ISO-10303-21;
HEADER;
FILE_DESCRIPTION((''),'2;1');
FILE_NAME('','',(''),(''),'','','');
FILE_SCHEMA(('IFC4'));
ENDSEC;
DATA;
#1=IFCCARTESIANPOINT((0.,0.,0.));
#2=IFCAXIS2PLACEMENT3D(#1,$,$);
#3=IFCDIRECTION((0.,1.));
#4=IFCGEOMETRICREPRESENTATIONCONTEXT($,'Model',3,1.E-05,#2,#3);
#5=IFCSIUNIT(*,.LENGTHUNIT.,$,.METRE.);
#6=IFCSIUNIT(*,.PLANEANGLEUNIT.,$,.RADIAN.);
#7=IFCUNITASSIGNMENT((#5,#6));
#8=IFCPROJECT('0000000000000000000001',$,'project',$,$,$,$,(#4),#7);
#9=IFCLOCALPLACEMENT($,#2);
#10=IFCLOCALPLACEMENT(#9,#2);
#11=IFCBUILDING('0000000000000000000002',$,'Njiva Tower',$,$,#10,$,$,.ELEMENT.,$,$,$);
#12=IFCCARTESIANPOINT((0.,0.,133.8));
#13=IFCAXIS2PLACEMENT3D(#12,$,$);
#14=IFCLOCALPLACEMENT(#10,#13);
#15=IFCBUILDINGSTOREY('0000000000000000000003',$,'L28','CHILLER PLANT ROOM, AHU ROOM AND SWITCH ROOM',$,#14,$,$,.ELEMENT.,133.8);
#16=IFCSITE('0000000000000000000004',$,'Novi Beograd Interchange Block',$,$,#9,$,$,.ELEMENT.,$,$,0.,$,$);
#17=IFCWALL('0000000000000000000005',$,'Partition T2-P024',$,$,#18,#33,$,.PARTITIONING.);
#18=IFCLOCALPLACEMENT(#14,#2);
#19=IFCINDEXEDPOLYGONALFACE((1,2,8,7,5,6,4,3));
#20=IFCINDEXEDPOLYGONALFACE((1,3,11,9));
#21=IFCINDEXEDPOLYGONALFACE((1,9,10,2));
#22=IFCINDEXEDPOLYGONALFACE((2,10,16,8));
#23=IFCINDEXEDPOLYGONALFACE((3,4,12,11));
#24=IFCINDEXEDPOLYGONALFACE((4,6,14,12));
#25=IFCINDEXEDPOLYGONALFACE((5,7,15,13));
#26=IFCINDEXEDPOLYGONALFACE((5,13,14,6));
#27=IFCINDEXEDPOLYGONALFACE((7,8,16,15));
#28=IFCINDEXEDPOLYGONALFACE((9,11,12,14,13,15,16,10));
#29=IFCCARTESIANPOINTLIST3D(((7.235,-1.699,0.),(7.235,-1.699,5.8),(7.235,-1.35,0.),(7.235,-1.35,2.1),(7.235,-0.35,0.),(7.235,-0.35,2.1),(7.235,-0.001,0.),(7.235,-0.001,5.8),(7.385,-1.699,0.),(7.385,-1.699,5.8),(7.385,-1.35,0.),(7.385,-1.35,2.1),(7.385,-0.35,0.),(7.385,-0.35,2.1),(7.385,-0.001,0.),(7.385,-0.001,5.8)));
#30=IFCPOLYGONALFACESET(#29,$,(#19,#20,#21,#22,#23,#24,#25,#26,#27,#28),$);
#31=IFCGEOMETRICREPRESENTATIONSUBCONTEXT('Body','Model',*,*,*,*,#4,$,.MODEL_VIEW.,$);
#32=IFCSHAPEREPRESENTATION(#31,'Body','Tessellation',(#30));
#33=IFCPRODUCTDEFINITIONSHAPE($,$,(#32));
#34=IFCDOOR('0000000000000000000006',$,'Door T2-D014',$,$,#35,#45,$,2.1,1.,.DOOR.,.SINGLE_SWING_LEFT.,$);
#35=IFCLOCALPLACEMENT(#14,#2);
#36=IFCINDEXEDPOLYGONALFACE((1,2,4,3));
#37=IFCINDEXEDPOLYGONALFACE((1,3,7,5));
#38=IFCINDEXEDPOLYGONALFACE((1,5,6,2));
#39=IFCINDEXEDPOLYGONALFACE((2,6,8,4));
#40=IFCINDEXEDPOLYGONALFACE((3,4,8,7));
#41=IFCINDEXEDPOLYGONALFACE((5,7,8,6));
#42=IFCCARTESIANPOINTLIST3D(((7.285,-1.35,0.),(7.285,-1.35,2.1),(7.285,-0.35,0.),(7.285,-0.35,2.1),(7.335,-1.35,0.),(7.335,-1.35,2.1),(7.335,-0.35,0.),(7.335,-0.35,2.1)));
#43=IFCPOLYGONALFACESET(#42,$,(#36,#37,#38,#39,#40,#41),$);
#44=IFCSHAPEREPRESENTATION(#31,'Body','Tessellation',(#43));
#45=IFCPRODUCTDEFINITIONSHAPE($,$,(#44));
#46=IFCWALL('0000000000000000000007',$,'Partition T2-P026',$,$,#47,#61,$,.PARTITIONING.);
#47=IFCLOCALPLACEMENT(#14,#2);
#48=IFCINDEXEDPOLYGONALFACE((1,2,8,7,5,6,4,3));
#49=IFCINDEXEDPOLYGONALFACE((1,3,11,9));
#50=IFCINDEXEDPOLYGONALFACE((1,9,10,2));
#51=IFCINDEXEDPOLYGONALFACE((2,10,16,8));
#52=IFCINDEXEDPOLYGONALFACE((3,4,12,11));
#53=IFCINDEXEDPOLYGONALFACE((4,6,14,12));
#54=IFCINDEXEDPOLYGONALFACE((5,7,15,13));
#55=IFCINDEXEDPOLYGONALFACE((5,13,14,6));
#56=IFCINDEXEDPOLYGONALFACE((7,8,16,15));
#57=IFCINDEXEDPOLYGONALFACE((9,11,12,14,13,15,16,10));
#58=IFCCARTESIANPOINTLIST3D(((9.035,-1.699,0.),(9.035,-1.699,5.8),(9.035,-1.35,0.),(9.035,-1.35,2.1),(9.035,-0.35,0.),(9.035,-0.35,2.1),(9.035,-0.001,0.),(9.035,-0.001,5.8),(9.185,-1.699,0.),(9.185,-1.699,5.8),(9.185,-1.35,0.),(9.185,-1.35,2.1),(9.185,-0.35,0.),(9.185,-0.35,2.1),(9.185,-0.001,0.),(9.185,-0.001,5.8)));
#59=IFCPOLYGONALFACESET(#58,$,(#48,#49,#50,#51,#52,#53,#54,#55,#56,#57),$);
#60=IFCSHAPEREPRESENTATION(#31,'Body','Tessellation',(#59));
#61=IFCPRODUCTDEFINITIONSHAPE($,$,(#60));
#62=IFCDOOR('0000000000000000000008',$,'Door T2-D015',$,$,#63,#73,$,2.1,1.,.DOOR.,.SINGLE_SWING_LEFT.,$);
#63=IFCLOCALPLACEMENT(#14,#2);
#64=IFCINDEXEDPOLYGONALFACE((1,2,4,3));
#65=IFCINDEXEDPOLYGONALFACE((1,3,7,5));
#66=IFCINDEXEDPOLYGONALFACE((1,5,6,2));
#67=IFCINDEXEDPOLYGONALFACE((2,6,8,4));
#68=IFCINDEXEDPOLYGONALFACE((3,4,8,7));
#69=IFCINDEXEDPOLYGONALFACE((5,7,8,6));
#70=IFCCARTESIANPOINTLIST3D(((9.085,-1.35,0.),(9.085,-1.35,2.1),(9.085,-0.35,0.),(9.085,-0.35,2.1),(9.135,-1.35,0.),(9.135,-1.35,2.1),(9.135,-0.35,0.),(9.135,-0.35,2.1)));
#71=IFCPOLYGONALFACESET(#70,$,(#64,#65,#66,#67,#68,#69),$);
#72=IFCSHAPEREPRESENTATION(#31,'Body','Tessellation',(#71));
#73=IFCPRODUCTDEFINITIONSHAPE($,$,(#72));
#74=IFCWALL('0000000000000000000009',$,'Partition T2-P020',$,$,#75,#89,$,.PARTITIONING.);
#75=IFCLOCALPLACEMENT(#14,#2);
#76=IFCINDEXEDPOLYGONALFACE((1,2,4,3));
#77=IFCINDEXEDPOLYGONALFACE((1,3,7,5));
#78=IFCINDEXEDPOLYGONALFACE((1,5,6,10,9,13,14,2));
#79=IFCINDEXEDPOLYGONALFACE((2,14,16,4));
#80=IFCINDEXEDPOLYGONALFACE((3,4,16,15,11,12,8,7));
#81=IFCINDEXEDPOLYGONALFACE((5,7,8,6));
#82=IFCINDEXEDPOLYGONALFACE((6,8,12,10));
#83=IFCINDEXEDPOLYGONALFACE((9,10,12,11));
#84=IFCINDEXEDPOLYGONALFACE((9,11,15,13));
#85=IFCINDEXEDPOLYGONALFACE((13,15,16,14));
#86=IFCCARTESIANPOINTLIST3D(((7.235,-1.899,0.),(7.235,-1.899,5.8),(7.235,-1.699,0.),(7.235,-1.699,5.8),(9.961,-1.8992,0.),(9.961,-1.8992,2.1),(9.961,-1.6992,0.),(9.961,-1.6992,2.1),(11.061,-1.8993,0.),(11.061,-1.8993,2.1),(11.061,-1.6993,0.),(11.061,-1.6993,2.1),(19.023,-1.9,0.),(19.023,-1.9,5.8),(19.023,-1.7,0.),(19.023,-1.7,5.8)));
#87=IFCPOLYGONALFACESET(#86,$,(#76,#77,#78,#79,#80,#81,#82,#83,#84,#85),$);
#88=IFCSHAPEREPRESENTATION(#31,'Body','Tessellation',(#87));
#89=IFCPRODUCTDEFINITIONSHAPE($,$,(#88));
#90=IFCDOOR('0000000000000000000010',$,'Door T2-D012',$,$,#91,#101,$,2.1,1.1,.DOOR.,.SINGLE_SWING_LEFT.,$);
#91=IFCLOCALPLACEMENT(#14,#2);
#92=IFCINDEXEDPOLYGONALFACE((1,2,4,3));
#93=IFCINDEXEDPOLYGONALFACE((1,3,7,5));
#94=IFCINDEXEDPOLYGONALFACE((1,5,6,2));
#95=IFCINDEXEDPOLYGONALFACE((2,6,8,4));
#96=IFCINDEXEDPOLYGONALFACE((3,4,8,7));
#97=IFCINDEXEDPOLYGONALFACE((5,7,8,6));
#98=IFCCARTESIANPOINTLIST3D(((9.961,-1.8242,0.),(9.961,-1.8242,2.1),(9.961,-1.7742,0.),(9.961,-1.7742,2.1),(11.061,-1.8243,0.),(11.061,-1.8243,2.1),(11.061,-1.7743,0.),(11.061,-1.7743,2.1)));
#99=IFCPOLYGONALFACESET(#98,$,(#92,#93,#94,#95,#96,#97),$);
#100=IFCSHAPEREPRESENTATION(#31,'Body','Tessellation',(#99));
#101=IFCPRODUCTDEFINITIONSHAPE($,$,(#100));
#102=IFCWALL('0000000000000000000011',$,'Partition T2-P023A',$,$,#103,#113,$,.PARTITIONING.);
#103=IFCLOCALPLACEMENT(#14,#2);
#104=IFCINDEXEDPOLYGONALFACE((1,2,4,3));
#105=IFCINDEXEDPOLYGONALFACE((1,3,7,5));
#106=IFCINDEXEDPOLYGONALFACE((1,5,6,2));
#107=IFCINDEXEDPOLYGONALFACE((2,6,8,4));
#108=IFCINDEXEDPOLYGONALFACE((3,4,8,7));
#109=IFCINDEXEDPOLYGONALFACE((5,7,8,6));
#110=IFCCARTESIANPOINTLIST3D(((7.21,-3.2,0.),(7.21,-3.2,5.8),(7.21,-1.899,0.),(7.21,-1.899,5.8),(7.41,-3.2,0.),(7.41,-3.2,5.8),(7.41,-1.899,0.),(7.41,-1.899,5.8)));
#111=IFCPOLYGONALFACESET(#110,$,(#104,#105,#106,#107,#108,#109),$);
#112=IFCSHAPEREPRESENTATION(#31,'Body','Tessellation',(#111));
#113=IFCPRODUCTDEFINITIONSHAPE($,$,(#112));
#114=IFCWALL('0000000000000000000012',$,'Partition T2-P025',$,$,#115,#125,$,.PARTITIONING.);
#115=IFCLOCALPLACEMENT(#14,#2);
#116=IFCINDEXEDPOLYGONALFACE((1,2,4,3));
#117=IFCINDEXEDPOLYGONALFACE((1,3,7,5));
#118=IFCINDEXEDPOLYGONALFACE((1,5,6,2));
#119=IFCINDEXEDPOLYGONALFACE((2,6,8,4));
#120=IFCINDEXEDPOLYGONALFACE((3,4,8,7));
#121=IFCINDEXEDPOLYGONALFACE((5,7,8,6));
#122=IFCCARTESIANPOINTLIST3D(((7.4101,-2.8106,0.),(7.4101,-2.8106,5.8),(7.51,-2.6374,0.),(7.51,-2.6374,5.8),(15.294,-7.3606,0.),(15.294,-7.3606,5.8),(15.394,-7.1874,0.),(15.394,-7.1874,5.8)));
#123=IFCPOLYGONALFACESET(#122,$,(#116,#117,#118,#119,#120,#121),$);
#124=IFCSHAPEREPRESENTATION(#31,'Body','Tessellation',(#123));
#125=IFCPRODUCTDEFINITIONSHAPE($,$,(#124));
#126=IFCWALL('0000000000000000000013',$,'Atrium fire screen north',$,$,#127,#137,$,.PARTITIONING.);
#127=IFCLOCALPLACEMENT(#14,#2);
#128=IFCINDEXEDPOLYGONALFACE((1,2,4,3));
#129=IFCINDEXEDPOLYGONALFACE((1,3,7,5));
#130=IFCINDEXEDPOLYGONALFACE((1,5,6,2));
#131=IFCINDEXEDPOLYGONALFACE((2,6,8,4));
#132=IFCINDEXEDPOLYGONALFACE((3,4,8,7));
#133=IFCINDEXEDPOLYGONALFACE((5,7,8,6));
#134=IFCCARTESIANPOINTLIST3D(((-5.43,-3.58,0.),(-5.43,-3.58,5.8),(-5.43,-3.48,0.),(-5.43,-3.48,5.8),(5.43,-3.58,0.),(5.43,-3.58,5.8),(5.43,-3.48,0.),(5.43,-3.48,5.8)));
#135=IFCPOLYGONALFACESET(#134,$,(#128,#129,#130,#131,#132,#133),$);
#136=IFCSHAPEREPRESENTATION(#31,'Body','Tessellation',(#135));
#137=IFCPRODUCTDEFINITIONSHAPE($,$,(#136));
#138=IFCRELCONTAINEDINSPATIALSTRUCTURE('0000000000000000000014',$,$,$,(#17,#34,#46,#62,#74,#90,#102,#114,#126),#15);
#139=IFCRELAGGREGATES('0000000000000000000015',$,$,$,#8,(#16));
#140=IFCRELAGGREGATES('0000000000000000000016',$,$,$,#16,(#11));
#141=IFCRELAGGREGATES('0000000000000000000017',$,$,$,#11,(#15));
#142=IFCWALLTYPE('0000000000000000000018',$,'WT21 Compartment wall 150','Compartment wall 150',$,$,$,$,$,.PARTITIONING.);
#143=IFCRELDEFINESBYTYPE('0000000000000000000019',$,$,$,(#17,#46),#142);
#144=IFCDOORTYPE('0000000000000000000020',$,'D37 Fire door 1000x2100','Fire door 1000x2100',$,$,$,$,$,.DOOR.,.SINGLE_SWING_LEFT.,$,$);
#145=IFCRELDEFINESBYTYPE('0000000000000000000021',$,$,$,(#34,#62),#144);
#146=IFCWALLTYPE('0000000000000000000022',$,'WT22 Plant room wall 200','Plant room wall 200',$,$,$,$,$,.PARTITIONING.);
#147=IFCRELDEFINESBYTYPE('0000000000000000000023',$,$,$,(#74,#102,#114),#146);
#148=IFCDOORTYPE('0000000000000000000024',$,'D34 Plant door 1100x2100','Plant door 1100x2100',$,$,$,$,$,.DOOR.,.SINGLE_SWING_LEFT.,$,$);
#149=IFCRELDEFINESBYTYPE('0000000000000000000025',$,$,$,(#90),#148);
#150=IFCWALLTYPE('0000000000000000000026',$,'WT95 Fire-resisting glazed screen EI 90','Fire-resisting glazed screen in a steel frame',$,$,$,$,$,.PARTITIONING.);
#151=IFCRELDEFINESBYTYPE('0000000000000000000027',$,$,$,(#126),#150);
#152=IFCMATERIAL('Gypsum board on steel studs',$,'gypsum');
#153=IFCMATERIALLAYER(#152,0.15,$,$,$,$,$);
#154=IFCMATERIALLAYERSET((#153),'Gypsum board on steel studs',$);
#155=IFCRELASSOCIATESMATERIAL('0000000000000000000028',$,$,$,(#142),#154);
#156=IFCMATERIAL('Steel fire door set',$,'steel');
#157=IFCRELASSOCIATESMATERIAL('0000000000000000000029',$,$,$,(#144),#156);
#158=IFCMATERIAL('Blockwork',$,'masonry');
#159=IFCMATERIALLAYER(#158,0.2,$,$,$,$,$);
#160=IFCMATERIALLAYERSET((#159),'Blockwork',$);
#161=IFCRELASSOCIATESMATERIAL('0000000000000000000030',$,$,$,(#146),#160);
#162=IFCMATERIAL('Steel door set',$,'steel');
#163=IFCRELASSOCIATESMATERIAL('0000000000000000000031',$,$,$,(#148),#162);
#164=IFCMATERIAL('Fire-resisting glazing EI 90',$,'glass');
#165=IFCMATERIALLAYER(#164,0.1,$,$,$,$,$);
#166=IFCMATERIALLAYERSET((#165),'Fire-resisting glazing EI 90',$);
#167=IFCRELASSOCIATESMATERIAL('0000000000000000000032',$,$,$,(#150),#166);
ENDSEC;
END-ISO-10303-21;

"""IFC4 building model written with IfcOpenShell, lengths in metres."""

from ifc_helpers import new_model, si_unit, direction, frame, frame_2d, origin, place, context, subcontext, project, spatial, rectangle, extrude, material, layer, layer_set, type_object, element, fill, save


model = new_model("IFC4")

# Units and contexts
model_context = context("Model", 3, precision=1e-05, world=origin(), true_north=direction((0.0, 1.0)))
body_context = subcontext(model_context, "Body", "Model", "MODEL_VIEW")
ifc_project = project(units=[si_unit("LENGTHUNIT", "METRE"), si_unit("PLANEANGLEUNIT", "RADIAN")], contexts=[model_context])

# Site, building, storey
site_placement = place(None, origin())
site = spatial("IfcSite", under=ifc_project, at=site_placement, Name="Novi Beograd Interchange Block", CompositionType="ELEMENT", RefElevation=0.0)
building_placement = place(site_placement, origin())
building = spatial("IfcBuilding", under=site, at=building_placement, Name="Njiva Tower", CompositionType="ELEMENT")
storey_placement = place(building_placement, frame((0.0, 0.0, 133.8)))
storey = spatial("IfcBuildingStorey", under=building, at=storey_placement, Name="L28", Description="CHILLER PLANT ROOM, AHU ROOM AND SWITCH ROOM", CompositionType="ELEMENT", Elevation=133.8)

# Shared definitions
ifc_material_1 = material(Name="Gypsum board on steel studs", Category="gypsum")
ifc_layer_1 = layer(ifc_material_1, 0.15)
ifc_layer_set_1 = layer_set([ifc_layer_1], Name="Gypsum board on steel studs")
wall_type_1 = type_object("IfcWallType", Name="WT21 Compartment wall 150", Description="Compartment wall 150", PredefinedType="PARTITIONING", material=ifc_layer_set_1)
ifc_material_2 = material(Name="Steel fire door set", Category="steel")
door_type_1 = type_object("IfcDoorType", Name="D37 Fire door 1000x2100", Description="Fire door 1000x2100", OperationType="SINGLE_SWING_LEFT", PredefinedType="DOOR", material=ifc_material_2)

# Walls, openings, doors
wall_1_placement = place(storey_placement, frame((7.31, -1.699, 0.0), z_axis=(0.0, 0.0, 1.0), x_axis=(0.0, 1.0, 0.0)))
wall_1 = element("IfcWall", 1, at=wall_1_placement, inside=storey, type_object=wall_type_1, Name="Partition T2-P024", PredefinedType="PARTITIONING", context=body_context, shape_type="SweptSolid", body=[
    extrude(rectangle(XDim=1.698, YDim=0.15, at=frame_2d((0.849, 0.0))), origin(), (0.0, 0.0, 1.0), 5.8),
])
opening_1_placement = place(wall_1_placement, frame((0.349, 0.0, 0.0)))
opening_1 = element("IfcOpeningElement", 2, at=opening_1_placement, cuts=wall_1, PredefinedType="OPENING", context=body_context, shape_type="SweptSolid", body=[
    extrude(rectangle(XDim=1.0, YDim=2.1, at=frame_2d((0.5, 1.05))), frame((0.0, 0.085, 0.0), z_axis=(0.0, -1.0, 0.0), x_axis=(1.0, 0.0, 0.0)), (0.0, 0.0, 1.0), 0.17),
])
door_1_placement = place(opening_1_placement, origin())
door_1 = element("IfcDoor", 3, at=door_1_placement, inside=storey, type_object=door_type_1, Name="Door T2-D014", OperationType="SINGLE_SWING_LEFT", OverallHeight=2.1, OverallWidth=1.0, PredefinedType="DOOR", context=body_context, shape_type="SweptSolid", body=[
    extrude(rectangle(XDim=1.0, YDim=2.1, at=frame_2d((0.5, 1.05))), frame((0.0, 0.025, 0.0), z_axis=(0.0, -1.0, 0.0), x_axis=(1.0, 0.0, 0.0)), (0.0, 0.0, 1.0), 0.05),
])
fill(opening_1, door_1)
wall_2_placement = place(storey_placement, frame((9.11, -1.699, 0.0), z_axis=(0.0, 0.0, 1.0), x_axis=(0.0, 1.0, 0.0)))
wall_2 = element("IfcWall", 4, at=wall_2_placement, inside=storey, type_object=wall_type_1, Name="Partition T2-P026", PredefinedType="PARTITIONING", context=body_context, shape_type="SweptSolid", body=[
    extrude(rectangle(XDim=1.698, YDim=0.15, at=frame_2d((0.849, 0.0))), origin(), (0.0, 0.0, 1.0), 5.8),
])
opening_2_placement = place(wall_2_placement, frame((0.349, 0.0, 0.0)))
opening_2 = element("IfcOpeningElement", 5, at=opening_2_placement, cuts=wall_2, PredefinedType="OPENING", context=body_context, shape_type="SweptSolid", body=[
    extrude(rectangle(XDim=1.0, YDim=2.1, at=frame_2d((0.5, 1.05))), frame((0.0, 0.085, 0.0), z_axis=(0.0, -1.0, 0.0), x_axis=(1.0, 0.0, 0.0)), (0.0, 0.0, 1.0), 0.17),
])
door_2_placement = place(opening_2_placement, origin())
door_2 = element("IfcDoor", 6, at=door_2_placement, inside=storey, type_object=door_type_1, Name="Door T2-D015", OperationType="SINGLE_SWING_LEFT", OverallHeight=2.1, OverallWidth=1.0, PredefinedType="DOOR", context=body_context, shape_type="SweptSolid", body=[
    extrude(rectangle(XDim=1.0, YDim=2.1, at=frame_2d((0.5, 1.05))), frame((0.0, 0.025, 0.0), z_axis=(0.0, -1.0, 0.0), x_axis=(1.0, 0.0, 0.0)), (0.0, 0.0, 1.0), 0.05),
])
fill(opening_2, door_2)
ifc_material_3 = material(Name="Blockwork", Category="masonry")
ifc_layer_2 = layer(ifc_material_3, 0.2)
ifc_layer_set_2 = layer_set([ifc_layer_2], Name="Blockwork")
wall_type_2 = type_object("IfcWallType", Name="WT22 Plant room wall 200", Description="Plant room wall 200", PredefinedType="PARTITIONING", material=ifc_layer_set_2)
wall_3_placement = place(storey_placement, frame((7.235, -1.799, 0.0), z_axis=(0.0, 0.0, 1.0), x_axis=(1.0, -0.000085, 0.0)))
wall_3 = element("IfcWall", 7, at=wall_3_placement, inside=storey, type_object=wall_type_2, Name="Partition T2-P020", PredefinedType="PARTITIONING", context=body_context, shape_type="SweptSolid", body=[
    extrude(rectangle(XDim=11.788, YDim=0.2, at=frame_2d((5.894, 0.0))), origin(), (0.0, 0.0, 1.0), 5.8),
])
opening_3_placement = place(wall_3_placement, frame((2.726, 0.0, 0.0)))
opening_3 = element("IfcOpeningElement", 8, at=opening_3_placement, cuts=wall_3, PredefinedType="OPENING", context=body_context, shape_type="SweptSolid", body=[
    extrude(rectangle(XDim=1.1, YDim=2.1, at=frame_2d((0.55, 1.05))), frame((0.0, 0.11, 0.0), z_axis=(0.0, -1.0, 0.0), x_axis=(1.0, 0.0, 0.0)), (0.0, 0.0, 1.0), 0.22),
])
ifc_material_4 = material(Name="Steel door set", Category="steel")
door_type_2 = type_object("IfcDoorType", Name="D34 Plant door 1100x2100", Description="Plant door 1100x2100", OperationType="SINGLE_SWING_LEFT", PredefinedType="DOOR", material=ifc_material_4)
door_3_placement = place(opening_3_placement, origin())
door_3 = element("IfcDoor", 9, at=door_3_placement, inside=storey, type_object=door_type_2, Name="Door T2-D012", OperationType="SINGLE_SWING_LEFT", OverallHeight=2.1, OverallWidth=1.1, PredefinedType="DOOR", context=body_context, shape_type="SweptSolid", body=[
    extrude(rectangle(XDim=1.1, YDim=2.1, at=frame_2d((0.55, 1.05))), frame((0.0, 0.025, 0.0), z_axis=(0.0, -1.0, 0.0), x_axis=(1.0, 0.0, 0.0)), (0.0, 0.0, 1.0), 0.05),
])
fill(opening_3, door_3)

# Walls
wall_4_placement = place(storey_placement, frame((7.31, -3.2, 0.0), z_axis=(0.0, 0.0, 1.0), x_axis=(0.0, 1.0, 0.0)))
element("IfcWall", 10, at=wall_4_placement, inside=storey, type_object=wall_type_2, Name="Partition T2-P023A", PredefinedType="PARTITIONING", context=body_context, shape_type="SweptSolid", body=[
    extrude(rectangle(XDim=1.301, YDim=0.2, at=frame_2d((0.6505, 0.0))), origin(), (0.0, 0.0, 1.0), 5.8),
])
wall_5_placement = place(storey_placement, frame((7.46, -2.724, 0.0), z_axis=(0.0, 0.0, 1.0), x_axis=(0.866112, -0.499849, 0.0)))
element("IfcWall", 11, at=wall_5_placement, inside=storey, type_object=wall_type_2, Name="Partition T2-P025", PredefinedType="PARTITIONING", context=body_context, shape_type="SweptSolid", body=[
    extrude(rectangle(XDim=9.1027, YDim=0.2, at=frame_2d((4.5514, 0.0))), origin(), (0.0, 0.0, 1.0), 5.8),
])
ifc_material_5 = material(Name="Fire-resisting glazing EI 90", Category="glass")
ifc_layer_3 = layer(ifc_material_5, 0.1)
ifc_layer_set_3 = layer_set([ifc_layer_3], Name="Fire-resisting glazing EI 90")
wall_type_3 = type_object("IfcWallType", Name="WT95 Fire-resisting glazed screen EI 90", Description="Fire-resisting glazed screen in a steel frame", PredefinedType="PARTITIONING", material=ifc_layer_set_3)
wall_6_placement = place(storey_placement, frame((5.43, -3.53, 0.0), z_axis=(0.0, 0.0, 1.0), x_axis=(-1.0, 0.0, 0.0)))
element("IfcWall", 12, at=wall_6_placement, inside=storey, type_object=wall_type_3, Name="Atrium fire screen north", PredefinedType="PARTITIONING", context=body_context, shape_type="SweptSolid", body=[
    extrude(rectangle(XDim=10.86, YDim=0.1, at=frame_2d((5.43, 0.0))), origin(), (0.0, 0.0, 1.0), 5.8),
])

save(model, "model.ifc")
